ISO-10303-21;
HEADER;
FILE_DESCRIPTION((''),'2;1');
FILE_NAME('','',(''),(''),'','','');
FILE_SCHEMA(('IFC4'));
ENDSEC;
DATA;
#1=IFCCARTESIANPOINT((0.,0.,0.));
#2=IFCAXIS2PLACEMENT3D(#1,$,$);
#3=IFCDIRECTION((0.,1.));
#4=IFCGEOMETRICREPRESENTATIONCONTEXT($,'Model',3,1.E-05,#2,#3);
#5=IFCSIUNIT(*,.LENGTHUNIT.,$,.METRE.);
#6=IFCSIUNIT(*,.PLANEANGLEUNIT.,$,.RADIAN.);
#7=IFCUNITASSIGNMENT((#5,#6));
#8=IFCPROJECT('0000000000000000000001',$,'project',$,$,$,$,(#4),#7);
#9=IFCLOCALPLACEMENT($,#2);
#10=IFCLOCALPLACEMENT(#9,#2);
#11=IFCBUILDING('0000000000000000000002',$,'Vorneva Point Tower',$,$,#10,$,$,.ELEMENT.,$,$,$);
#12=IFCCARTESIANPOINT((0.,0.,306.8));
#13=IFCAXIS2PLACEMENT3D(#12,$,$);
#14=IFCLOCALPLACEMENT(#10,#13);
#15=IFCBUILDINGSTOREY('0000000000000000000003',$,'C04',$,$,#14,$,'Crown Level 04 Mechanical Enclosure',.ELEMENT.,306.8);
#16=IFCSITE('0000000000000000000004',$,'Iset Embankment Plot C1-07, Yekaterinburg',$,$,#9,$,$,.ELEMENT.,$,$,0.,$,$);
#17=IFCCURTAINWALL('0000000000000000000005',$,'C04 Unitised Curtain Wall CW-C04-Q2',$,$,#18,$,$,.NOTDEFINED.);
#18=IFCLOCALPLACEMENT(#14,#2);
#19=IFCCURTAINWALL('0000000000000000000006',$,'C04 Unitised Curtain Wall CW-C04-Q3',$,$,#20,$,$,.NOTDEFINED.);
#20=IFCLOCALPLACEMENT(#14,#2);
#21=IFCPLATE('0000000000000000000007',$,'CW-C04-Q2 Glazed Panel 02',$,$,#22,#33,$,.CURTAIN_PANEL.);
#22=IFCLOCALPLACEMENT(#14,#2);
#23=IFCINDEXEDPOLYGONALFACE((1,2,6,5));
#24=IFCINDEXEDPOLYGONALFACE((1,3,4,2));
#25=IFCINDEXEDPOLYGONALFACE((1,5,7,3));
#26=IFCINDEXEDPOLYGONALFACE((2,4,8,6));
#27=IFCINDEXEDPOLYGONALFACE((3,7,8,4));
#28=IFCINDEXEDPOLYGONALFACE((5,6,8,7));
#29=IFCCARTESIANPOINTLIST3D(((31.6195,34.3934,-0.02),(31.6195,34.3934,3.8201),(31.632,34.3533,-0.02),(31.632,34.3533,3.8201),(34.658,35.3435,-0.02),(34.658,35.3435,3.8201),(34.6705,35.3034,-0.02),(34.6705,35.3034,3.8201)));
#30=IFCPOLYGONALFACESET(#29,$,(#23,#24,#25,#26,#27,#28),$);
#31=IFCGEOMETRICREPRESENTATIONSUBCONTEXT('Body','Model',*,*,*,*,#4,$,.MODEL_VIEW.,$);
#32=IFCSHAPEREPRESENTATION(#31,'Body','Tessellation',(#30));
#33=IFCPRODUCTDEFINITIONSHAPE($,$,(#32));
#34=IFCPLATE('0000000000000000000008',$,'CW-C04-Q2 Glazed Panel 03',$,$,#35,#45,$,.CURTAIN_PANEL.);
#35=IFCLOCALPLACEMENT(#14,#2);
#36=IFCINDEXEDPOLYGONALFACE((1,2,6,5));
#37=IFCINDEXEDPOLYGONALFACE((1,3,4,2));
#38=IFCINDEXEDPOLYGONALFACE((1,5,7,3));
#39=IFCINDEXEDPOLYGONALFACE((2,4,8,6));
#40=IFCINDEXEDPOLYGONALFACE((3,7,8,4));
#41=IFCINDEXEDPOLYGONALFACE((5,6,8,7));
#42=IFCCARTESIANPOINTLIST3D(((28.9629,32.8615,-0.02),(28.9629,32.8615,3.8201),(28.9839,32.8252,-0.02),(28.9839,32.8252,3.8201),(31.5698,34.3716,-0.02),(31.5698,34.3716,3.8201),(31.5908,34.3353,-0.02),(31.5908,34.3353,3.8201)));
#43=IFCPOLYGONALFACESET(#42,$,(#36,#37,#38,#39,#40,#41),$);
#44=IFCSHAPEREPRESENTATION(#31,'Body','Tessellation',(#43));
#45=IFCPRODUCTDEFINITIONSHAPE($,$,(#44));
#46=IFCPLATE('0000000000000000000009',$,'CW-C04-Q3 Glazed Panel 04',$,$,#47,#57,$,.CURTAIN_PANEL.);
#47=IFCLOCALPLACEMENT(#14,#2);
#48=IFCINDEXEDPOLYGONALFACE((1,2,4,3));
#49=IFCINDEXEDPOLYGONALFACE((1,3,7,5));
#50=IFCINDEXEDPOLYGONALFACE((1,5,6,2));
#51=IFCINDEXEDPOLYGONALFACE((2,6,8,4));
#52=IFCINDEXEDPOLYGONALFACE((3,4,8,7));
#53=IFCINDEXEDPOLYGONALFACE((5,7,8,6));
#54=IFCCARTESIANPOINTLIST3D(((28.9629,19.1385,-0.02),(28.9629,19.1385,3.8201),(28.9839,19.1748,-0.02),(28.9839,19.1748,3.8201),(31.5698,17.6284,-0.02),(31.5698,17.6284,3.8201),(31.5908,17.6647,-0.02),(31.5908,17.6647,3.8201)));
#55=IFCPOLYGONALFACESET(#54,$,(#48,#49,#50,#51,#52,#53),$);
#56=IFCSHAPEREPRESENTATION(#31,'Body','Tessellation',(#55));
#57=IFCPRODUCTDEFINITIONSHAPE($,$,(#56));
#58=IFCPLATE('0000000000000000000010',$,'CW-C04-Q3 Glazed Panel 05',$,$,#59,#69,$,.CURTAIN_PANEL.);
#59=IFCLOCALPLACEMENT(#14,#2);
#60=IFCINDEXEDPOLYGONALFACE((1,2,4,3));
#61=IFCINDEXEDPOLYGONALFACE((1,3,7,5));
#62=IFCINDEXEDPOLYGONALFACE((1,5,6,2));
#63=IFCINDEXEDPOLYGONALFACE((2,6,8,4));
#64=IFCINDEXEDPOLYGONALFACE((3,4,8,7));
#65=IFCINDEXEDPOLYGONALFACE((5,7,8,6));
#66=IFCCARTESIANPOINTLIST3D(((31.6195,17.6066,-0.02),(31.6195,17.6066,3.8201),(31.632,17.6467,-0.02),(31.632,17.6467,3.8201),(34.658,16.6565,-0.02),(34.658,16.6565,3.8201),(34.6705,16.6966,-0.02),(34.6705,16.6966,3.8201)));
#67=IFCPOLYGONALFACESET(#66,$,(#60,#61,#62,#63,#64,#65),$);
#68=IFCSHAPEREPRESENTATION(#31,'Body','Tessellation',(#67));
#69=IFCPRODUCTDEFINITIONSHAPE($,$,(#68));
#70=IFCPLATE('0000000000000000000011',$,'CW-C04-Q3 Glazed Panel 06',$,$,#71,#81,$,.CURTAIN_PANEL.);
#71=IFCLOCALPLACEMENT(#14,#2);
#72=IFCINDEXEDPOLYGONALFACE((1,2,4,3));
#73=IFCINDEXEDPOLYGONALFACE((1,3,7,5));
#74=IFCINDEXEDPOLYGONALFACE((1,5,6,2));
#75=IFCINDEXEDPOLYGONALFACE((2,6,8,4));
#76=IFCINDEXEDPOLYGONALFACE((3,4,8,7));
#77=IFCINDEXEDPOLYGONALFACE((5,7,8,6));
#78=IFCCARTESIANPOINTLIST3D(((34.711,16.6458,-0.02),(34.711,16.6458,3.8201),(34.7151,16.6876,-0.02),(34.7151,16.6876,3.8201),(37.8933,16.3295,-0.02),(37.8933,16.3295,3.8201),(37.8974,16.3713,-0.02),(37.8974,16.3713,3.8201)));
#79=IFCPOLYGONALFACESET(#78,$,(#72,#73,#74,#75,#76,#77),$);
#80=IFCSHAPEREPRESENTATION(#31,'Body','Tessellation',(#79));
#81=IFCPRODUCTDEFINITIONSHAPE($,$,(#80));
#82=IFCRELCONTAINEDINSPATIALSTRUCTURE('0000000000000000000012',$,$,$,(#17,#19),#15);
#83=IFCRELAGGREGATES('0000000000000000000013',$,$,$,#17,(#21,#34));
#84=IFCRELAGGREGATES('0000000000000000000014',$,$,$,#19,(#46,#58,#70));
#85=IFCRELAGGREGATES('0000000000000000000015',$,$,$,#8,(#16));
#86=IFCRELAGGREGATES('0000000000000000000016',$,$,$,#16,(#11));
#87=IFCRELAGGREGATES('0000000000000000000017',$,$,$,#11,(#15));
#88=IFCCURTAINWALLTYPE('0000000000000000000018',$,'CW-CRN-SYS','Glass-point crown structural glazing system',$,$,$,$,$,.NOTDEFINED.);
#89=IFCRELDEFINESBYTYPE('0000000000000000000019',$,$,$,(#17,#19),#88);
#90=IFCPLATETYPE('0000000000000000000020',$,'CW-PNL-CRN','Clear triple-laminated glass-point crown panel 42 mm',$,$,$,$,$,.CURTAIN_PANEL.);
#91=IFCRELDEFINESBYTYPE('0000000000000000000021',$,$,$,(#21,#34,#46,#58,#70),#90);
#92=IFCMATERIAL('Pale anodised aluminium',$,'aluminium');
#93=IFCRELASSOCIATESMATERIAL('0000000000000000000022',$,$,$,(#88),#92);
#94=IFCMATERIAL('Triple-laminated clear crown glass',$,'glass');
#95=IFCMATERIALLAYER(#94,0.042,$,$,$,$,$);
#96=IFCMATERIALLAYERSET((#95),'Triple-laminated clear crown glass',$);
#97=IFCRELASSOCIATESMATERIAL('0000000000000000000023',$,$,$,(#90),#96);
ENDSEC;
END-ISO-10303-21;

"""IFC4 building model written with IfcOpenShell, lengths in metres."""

from ifc_helpers import new_model, si_unit, direction, frame, origin, origin_2d, place, context, subcontext, project, spatial, rectangle, extrude, material, layer, layer_set, type_object, element, aggregate, save


model = new_model("IFC4")

# Units and contexts
model_context = context("Model", 3, precision=1e-05, world=origin(), true_north=direction((0.0, 1.0)))
body_context = subcontext(model_context, "Body", "Model", "MODEL_VIEW")
ifc_project = project(units=[si_unit("LENGTHUNIT", "METRE"), si_unit("PLANEANGLEUNIT", "RADIAN")], contexts=[model_context])

# Site, building, storey
site_placement = place(None, origin())
site = spatial("IfcSite", under=ifc_project, at=site_placement, Name="Iset Embankment Plot C1-07, Yekaterinburg", CompositionType="ELEMENT", RefElevation=0.0)
building_placement = place(site_placement, origin())
building = spatial("IfcBuilding", under=site, at=building_placement, Name="Vorneva Point Tower", CompositionType="ELEMENT")
storey_placement = place(building_placement, frame((0.0, 0.0, 306.8)))
storey = spatial("IfcBuildingStorey", under=building, at=storey_placement, Name="C04", LongName="Crown Level 04 Mechanical Enclosure", CompositionType="ELEMENT", Elevation=306.8)

# Curtain walls
ifc_material_1 = material(Name="Pale anodised aluminium", Category="aluminium")
curtain_wall_type = type_object("IfcCurtainWallType", Name="CW-CRN-SYS", Description="Glass-point crown structural glazing system", PredefinedType="NOTDEFINED", material=ifc_material_1)
curtain_wall_1_placement = place(storey_placement, origin())
curtain_wall_1 = element("IfcCurtainWall", 1, at=curtain_wall_1_placement, inside=storey, type_object=curtain_wall_type, Name="C04 Unitised Curtain Wall CW-C04-Q2", PredefinedType="NOTDEFINED")
curtain_wall_2_placement = place(storey_placement, origin())
curtain_wall_2 = element("IfcCurtainWall", 2, at=curtain_wall_2_placement, inside=storey, type_object=curtain_wall_type, Name="C04 Unitised Curtain Wall CW-C04-Q3", PredefinedType="NOTDEFINED")

# Plates
ifc_material_2 = material(Name="Triple-laminated clear crown glass", Category="glass")
ifc_layer = layer(ifc_material_2, 0.042)
ifc_layer_set = layer_set([ifc_layer], Name="Triple-laminated clear crown glass")
plate_type = type_object("IfcPlateType", Name="CW-PNL-CRN", Description="Clear triple-laminated glass-point crown panel 42 mm", PredefinedType="CURTAIN_PANEL", material=ifc_layer_set)
plate_1_placement = place(storey_placement, frame((33.145, 34.8484, -0.02), z_axis=(0.0, 0.0, 1.0), x_axis=(-0.954428, -0.298441, 0.0)))
plate_1 = element("IfcPlate", 3, at=plate_1_placement, type_object=plate_type, Name="CW-C04-Q2 Glazed Panel 02", PredefinedType="CURTAIN_PANEL", context=body_context, shape_type="SweptSolid", body=[
    extrude(rectangle(XDim=3.1836, YDim=0.042, at=origin_2d()), origin(), (0.0, 0.0, 1.0), 3.8401),
])
plate_2_placement = place(storey_placement, frame((30.2769, 33.5984, -0.02), z_axis=(0.0, 0.0, 1.0), x_axis=(-0.865309, -0.501239, 0.0)))
plate_2 = element("IfcPlate", 4, at=plate_2_placement, type_object=plate_type, Name="CW-C04-Q2 Glazed Panel 03", PredefinedType="CURTAIN_PANEL", context=body_context, shape_type="SweptSolid", body=[
    extrude(rectangle(XDim=3.0127, YDim=0.042, at=origin_2d()), origin(), (0.0, 0.0, 1.0), 3.8401),
])
aggregate(curtain_wall_1, [plate_1, plate_2])
plate_3_placement = place(storey_placement, frame((30.2769, 18.4016, -0.02), z_axis=(0.0, 0.0, 1.0), x_axis=(0.865309, -0.501239, 0.0)))
plate_3 = element("IfcPlate", 5, at=plate_3_placement, type_object=plate_type, Name="CW-C04-Q3 Glazed Panel 04", PredefinedType="CURTAIN_PANEL", context=body_context, shape_type="SweptSolid", body=[
    extrude(rectangle(XDim=3.0127, YDim=0.042, at=origin_2d()), origin(), (0.0, 0.0, 1.0), 3.8401),
])
plate_4_placement = place(storey_placement, frame((33.145, 17.1516, -0.02), z_axis=(0.0, 0.0, 1.0), x_axis=(0.954428, -0.298441, 0.0)))
plate_4 = element("IfcPlate", 6, at=plate_4_placement, type_object=plate_type, Name="CW-C04-Q3 Glazed Panel 05", PredefinedType="CURTAIN_PANEL", context=body_context, shape_type="SweptSolid", body=[
    extrude(rectangle(XDim=3.1836, YDim=0.042, at=origin_2d()), origin(), (0.0, 0.0, 1.0), 3.8401),
])
plate_5_placement = place(storey_placement, frame((36.3042, 16.5085, -0.02), z_axis=(0.0, 0.0, 1.0), x_axis=(0.995095, -0.09892, 0.0)))
plate_5 = element("IfcPlate", 7, at=plate_5_placement, type_object=plate_type, Name="CW-C04-Q3 Glazed Panel 06", PredefinedType="CURTAIN_PANEL", context=body_context, shape_type="SweptSolid", body=[
    extrude(rectangle(XDim=3.198, YDim=0.042, at=origin_2d()), origin(), (0.0, 0.0, 1.0), 3.8401),
])
aggregate(curtain_wall_2, [plate_3, plate_4, plate_5])

save(model, "model.ifc")
